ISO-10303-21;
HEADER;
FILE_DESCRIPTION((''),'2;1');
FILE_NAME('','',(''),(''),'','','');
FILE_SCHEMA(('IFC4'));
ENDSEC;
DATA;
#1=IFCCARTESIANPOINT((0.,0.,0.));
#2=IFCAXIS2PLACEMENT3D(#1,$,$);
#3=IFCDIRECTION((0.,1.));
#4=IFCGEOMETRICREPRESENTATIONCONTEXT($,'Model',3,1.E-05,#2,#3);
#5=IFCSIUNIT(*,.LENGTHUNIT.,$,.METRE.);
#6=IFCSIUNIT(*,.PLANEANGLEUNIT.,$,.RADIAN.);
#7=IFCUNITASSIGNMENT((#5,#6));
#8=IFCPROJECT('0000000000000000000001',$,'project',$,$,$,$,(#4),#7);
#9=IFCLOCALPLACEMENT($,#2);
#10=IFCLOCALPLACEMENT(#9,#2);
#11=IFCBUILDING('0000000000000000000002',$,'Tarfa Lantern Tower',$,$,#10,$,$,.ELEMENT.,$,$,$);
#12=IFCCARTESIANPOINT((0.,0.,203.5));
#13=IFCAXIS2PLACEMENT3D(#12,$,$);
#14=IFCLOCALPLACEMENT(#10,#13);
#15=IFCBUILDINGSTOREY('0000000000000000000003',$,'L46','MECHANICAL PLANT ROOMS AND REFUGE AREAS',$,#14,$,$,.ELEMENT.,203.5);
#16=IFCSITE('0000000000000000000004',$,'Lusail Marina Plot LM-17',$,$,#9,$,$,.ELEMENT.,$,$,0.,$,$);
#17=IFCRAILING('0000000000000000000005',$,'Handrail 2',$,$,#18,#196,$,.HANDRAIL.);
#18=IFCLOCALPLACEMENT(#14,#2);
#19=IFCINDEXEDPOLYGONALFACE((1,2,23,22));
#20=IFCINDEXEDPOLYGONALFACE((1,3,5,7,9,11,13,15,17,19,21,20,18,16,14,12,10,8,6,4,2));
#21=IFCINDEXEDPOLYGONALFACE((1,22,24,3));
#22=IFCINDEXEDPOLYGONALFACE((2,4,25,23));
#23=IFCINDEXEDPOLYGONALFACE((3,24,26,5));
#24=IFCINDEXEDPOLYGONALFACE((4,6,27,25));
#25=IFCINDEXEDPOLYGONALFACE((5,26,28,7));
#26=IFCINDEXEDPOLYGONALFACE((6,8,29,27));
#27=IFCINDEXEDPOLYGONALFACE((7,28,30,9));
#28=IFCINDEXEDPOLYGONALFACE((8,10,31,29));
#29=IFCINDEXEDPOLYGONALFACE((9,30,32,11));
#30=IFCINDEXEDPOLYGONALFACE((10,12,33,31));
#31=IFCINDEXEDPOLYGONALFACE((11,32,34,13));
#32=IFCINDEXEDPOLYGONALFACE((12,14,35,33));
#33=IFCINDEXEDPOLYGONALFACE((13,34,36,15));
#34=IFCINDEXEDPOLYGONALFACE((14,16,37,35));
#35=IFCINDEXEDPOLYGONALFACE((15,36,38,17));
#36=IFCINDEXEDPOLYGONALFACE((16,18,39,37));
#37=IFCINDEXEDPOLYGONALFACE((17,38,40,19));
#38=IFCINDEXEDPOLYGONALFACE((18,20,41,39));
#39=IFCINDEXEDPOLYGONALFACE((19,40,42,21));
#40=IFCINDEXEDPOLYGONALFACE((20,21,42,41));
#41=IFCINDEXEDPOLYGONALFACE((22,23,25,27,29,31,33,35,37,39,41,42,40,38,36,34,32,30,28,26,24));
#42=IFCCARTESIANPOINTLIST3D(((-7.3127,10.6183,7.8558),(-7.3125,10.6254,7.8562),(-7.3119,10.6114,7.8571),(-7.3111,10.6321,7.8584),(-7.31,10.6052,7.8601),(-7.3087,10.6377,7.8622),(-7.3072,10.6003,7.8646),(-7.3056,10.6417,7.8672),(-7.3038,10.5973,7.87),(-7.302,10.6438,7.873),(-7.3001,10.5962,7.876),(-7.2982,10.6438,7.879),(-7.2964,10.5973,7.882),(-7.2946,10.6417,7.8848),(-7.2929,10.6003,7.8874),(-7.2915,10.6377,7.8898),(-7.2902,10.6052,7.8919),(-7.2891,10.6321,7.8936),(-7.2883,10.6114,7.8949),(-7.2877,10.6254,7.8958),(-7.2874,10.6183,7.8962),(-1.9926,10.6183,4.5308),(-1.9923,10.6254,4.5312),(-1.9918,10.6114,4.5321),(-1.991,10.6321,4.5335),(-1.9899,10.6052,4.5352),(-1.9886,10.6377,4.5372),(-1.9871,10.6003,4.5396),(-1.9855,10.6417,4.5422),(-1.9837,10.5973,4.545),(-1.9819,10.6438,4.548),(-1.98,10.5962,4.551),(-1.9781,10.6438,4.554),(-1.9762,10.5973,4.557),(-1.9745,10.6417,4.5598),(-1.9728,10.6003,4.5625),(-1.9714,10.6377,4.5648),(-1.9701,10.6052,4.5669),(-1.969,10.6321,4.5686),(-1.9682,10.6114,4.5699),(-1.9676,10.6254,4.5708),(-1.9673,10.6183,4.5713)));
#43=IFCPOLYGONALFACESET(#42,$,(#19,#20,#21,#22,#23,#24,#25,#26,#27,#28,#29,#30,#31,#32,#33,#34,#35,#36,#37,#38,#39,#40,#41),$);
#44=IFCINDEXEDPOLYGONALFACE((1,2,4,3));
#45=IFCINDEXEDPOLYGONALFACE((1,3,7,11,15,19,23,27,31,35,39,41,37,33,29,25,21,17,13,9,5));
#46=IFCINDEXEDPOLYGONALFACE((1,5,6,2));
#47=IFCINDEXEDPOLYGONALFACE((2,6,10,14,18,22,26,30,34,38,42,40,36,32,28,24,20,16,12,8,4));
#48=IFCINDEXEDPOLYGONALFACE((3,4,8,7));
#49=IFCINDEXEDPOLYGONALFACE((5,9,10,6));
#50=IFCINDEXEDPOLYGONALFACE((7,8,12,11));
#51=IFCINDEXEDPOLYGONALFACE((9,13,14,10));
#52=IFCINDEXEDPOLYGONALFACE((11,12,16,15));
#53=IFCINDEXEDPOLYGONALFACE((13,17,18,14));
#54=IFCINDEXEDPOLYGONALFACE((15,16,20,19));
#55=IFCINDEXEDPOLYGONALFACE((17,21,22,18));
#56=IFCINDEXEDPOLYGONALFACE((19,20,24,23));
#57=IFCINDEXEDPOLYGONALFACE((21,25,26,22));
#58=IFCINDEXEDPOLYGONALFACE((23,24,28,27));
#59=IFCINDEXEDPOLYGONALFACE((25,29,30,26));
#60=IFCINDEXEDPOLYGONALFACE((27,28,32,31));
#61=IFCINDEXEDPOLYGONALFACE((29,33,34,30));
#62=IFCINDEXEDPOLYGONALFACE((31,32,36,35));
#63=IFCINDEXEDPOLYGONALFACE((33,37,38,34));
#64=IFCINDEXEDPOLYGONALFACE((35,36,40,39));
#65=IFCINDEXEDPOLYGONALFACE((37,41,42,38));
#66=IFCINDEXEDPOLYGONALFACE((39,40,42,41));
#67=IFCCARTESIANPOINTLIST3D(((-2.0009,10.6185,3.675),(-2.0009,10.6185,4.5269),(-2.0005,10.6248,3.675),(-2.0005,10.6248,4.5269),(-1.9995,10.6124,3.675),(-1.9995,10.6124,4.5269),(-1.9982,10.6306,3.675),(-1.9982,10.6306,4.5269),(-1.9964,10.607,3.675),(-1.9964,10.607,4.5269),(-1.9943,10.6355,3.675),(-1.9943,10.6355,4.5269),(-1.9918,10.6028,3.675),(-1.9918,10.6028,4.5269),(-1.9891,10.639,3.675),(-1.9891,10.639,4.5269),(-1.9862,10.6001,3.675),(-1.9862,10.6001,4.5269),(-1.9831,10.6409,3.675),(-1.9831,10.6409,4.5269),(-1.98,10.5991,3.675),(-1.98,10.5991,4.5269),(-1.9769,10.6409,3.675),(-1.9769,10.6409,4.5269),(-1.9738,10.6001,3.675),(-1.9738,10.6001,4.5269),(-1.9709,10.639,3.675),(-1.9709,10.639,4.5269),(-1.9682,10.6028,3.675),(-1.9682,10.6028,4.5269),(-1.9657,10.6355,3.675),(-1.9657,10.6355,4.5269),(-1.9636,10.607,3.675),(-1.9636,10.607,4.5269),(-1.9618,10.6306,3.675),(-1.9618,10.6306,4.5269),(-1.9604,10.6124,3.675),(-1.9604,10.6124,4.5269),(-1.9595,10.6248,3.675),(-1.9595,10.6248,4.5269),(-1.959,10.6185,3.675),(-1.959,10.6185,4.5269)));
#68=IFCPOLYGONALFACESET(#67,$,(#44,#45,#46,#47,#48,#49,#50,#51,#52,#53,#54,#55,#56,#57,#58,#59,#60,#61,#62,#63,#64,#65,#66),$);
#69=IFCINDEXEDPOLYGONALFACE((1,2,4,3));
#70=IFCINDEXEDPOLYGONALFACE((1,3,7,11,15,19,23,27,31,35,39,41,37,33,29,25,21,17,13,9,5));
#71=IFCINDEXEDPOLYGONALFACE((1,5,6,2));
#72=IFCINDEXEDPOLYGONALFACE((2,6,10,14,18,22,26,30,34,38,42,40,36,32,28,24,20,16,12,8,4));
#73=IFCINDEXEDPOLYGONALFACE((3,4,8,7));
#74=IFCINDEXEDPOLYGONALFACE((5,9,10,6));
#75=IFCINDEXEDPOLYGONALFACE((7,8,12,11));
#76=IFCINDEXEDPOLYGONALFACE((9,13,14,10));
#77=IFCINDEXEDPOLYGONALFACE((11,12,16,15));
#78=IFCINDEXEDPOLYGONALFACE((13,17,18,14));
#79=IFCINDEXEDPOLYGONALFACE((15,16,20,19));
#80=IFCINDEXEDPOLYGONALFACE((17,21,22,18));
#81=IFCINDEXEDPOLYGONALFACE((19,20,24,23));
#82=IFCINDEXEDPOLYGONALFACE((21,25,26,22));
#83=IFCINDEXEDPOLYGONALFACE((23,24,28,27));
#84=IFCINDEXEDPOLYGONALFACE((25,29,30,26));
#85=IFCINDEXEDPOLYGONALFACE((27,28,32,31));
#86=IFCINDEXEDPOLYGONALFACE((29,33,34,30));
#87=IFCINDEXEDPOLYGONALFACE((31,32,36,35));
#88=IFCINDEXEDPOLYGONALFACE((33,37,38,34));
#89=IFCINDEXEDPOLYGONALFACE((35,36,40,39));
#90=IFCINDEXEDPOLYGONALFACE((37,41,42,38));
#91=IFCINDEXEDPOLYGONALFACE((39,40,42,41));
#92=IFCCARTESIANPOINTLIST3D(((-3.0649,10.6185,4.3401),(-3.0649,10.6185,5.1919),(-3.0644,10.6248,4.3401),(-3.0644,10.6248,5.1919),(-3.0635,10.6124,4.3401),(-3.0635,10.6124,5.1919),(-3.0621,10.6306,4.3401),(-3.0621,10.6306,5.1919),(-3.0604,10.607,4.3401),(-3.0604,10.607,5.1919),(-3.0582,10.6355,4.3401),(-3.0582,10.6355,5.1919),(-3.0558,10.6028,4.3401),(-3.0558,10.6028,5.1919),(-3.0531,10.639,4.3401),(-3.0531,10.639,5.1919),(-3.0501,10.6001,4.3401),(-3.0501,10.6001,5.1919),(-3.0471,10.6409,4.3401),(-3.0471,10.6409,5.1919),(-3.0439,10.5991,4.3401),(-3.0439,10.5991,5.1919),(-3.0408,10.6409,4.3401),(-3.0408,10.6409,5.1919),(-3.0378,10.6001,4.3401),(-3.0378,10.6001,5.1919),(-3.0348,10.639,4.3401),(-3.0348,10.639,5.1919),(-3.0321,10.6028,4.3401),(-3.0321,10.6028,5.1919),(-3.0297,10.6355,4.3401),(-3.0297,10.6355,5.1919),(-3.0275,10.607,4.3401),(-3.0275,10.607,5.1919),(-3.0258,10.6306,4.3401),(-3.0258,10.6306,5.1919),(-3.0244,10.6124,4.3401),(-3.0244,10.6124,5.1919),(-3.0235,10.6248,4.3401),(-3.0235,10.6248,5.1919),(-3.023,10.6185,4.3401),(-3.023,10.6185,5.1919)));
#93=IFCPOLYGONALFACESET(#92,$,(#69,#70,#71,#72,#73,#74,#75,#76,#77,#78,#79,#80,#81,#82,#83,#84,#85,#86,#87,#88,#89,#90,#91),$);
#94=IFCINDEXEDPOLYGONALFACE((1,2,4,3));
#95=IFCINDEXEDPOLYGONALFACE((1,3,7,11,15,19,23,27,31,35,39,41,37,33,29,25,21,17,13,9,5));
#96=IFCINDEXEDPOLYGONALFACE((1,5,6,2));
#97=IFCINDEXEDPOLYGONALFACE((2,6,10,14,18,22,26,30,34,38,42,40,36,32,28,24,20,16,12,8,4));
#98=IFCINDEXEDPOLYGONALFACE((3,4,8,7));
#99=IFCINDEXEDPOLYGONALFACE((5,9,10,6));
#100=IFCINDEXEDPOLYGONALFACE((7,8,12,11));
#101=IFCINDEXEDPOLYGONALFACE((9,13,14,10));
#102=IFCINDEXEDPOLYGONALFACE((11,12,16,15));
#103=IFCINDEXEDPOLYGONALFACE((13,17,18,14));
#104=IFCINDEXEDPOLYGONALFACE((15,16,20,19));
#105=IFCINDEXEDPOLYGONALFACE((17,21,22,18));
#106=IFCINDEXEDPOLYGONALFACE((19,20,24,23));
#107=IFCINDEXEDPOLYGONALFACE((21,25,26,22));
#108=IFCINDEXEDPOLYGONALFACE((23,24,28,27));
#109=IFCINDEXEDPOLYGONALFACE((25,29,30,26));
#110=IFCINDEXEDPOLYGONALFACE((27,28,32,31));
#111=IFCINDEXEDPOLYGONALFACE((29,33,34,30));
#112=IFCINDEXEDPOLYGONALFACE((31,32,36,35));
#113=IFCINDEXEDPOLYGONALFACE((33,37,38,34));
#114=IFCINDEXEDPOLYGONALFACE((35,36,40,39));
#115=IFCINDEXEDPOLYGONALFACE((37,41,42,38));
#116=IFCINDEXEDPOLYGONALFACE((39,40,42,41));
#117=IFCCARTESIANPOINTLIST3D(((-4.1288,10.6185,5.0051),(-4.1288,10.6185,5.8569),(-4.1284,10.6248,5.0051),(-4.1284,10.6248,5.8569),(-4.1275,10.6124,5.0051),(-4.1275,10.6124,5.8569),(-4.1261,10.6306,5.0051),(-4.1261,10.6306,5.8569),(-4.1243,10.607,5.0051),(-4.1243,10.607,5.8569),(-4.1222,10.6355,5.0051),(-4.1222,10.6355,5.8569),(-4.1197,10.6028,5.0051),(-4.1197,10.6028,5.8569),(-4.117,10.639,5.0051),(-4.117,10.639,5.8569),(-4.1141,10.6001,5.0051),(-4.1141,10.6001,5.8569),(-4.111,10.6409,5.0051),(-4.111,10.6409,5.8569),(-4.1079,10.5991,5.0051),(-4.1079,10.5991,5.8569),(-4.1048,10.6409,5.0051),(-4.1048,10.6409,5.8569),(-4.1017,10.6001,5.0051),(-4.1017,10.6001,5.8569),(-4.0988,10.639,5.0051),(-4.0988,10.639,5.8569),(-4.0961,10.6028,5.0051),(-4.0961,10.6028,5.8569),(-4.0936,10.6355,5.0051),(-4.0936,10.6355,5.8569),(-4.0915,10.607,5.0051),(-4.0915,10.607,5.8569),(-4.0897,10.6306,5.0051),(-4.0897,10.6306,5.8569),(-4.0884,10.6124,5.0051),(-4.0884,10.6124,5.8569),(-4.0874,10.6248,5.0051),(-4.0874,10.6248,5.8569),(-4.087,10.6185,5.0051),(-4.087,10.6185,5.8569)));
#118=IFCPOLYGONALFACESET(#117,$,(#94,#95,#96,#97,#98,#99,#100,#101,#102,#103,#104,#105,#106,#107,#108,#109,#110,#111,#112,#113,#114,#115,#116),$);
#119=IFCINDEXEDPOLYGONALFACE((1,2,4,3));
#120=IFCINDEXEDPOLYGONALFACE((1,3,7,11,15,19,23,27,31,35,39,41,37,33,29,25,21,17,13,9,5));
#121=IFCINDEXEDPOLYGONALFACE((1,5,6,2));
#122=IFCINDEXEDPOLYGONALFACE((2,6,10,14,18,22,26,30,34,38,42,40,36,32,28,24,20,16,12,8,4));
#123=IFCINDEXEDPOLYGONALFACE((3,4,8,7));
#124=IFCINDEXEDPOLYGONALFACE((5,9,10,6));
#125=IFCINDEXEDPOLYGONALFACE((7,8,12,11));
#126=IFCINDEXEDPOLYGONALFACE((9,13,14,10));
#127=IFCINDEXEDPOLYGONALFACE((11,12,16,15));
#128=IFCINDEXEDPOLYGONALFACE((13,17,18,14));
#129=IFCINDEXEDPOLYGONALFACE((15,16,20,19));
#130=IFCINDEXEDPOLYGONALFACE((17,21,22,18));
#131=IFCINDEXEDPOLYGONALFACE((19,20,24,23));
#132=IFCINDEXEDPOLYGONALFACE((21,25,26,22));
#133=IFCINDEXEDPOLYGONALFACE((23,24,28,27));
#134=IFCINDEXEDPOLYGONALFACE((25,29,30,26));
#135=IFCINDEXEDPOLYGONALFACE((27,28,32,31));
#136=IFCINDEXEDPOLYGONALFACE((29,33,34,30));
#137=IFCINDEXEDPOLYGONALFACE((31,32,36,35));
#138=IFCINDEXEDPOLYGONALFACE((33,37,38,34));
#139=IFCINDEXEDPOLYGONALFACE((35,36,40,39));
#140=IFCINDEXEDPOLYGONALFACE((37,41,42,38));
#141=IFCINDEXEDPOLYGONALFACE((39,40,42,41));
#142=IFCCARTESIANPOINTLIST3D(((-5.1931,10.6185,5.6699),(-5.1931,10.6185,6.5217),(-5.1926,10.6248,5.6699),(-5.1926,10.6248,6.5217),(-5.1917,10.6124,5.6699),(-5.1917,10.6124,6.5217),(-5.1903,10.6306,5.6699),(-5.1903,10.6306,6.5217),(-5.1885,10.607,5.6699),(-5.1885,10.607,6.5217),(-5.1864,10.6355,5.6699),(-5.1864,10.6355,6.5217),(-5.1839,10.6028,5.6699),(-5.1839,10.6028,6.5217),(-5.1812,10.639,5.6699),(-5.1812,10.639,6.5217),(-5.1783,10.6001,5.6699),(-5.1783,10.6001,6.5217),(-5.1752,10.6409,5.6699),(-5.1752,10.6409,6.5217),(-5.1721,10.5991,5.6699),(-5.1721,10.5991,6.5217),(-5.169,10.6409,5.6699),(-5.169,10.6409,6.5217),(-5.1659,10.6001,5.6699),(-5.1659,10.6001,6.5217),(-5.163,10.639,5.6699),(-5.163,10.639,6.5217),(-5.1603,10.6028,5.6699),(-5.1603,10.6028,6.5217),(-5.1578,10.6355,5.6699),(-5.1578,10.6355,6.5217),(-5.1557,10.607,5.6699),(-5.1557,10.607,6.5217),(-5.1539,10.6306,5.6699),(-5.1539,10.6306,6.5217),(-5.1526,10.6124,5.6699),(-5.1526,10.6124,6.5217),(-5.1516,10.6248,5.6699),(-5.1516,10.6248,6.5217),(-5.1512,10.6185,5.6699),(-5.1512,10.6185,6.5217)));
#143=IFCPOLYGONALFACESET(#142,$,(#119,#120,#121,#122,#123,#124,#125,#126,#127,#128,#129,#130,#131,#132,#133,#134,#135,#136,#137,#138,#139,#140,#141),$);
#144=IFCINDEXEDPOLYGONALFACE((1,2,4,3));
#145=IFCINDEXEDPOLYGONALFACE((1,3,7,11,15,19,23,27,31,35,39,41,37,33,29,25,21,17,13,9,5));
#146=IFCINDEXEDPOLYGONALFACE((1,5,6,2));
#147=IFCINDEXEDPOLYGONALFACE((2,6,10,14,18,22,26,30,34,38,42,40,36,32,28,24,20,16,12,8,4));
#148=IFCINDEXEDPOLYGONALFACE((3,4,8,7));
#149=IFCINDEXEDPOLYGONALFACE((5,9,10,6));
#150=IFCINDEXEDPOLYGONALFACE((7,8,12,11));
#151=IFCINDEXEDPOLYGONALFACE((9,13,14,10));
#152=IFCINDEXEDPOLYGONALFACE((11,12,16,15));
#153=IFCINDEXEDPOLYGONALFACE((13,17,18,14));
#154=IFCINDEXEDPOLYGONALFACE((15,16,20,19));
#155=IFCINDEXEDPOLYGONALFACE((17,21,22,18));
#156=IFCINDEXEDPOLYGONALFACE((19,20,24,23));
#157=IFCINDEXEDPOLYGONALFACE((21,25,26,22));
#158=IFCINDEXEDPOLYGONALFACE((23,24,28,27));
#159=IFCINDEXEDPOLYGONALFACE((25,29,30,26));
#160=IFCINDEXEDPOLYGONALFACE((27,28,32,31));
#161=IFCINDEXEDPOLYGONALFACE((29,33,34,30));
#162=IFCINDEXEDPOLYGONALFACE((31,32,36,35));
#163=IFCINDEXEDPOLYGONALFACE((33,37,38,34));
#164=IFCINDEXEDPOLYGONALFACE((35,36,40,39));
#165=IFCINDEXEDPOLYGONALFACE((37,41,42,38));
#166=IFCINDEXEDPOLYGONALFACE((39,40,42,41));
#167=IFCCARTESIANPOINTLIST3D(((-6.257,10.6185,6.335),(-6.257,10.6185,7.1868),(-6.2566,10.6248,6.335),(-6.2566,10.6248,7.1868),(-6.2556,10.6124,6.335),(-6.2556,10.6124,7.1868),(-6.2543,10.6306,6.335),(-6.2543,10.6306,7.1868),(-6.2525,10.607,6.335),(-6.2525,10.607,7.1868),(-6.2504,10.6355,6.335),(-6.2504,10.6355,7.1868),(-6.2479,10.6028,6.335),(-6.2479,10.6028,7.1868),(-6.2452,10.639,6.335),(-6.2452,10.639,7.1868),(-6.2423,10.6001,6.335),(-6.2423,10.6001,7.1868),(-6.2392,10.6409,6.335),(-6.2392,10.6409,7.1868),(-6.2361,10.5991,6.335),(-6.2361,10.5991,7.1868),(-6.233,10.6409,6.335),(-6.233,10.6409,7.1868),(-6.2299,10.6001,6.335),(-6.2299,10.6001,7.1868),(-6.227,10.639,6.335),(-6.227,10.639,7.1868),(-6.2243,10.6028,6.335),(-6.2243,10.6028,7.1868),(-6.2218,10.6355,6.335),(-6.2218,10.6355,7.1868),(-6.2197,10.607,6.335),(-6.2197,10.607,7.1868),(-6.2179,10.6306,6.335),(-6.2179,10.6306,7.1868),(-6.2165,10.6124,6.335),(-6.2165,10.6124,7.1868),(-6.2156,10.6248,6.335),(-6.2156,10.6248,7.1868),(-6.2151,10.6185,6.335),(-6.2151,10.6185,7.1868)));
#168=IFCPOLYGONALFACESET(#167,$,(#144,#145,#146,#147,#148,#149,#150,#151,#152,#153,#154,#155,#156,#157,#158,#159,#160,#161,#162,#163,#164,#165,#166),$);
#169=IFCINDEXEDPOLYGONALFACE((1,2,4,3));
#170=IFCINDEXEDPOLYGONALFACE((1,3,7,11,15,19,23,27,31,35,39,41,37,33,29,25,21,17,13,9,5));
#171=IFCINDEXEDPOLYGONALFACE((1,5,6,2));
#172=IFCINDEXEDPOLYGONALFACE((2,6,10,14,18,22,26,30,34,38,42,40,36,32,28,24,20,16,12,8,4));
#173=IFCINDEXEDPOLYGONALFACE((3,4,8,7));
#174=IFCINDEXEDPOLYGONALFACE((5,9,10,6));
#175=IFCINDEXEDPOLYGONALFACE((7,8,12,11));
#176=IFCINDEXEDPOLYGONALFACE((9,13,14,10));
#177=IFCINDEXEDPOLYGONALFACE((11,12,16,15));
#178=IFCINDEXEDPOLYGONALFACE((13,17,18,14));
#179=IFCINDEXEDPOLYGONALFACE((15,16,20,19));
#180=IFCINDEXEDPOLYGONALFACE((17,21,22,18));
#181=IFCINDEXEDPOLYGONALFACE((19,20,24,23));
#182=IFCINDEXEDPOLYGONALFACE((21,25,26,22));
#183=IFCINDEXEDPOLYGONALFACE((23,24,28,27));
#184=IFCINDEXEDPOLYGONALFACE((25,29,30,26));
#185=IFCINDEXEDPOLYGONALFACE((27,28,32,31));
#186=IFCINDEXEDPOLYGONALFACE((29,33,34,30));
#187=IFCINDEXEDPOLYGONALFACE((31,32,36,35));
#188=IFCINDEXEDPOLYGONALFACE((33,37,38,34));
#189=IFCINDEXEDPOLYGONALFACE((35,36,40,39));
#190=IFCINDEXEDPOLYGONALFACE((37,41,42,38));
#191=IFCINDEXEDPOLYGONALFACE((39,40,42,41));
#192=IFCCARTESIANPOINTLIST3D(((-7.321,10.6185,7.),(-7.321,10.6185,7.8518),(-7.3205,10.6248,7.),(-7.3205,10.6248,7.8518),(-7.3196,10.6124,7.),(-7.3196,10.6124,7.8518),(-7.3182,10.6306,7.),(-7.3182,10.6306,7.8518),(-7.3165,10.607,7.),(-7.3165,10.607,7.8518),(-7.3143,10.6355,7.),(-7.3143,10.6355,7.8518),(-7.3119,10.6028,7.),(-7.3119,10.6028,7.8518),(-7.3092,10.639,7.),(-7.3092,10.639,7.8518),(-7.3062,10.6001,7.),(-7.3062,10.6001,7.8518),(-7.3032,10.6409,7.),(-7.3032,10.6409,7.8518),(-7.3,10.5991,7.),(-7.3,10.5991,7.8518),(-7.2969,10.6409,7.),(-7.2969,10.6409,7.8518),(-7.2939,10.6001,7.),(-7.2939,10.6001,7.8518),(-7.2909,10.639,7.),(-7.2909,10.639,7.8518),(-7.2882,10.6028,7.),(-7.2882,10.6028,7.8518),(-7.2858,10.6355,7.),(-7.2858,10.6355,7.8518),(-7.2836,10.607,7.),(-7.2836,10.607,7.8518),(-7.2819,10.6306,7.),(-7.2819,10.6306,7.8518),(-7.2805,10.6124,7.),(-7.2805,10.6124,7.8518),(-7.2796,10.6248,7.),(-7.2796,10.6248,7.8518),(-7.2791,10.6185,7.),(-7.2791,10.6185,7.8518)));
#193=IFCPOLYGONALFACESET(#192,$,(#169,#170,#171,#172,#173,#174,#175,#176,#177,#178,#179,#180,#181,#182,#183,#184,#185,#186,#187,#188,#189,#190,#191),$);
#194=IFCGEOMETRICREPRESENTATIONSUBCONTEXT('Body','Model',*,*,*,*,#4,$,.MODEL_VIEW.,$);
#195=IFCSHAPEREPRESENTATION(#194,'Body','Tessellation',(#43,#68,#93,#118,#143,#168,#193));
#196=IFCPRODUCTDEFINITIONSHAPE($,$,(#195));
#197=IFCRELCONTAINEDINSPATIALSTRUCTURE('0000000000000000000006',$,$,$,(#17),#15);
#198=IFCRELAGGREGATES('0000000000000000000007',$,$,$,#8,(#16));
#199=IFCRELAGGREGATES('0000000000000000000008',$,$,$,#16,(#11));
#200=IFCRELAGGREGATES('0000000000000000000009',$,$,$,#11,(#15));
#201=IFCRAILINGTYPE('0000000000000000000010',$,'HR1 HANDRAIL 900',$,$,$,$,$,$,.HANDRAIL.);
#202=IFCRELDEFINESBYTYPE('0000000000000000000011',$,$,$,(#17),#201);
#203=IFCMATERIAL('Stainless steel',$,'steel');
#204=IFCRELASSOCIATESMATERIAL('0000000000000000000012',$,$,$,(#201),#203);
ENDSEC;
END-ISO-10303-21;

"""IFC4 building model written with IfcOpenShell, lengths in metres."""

from ifc_helpers import new_model, si_unit, direction, frame, origin, origin_2d, place, context, subcontext, project, spatial, circle, extrude, material, type_object, element, save


model = new_model("IFC4")

# Units and contexts
model_context = context("Model", 3, precision=1e-05, world=origin(), true_north=direction((0.0, 1.0)))
body_context = subcontext(model_context, "Body", "Model", "MODEL_VIEW")
ifc_project = project(units=[si_unit("LENGTHUNIT", "METRE"), si_unit("PLANEANGLEUNIT", "RADIAN")], contexts=[model_context])

# Site, building, storey
site_placement = place(None, origin())
site = spatial("IfcSite", under=ifc_project, at=site_placement, Name="Lusail Marina Plot LM-17", CompositionType="ELEMENT", RefElevation=0.0)
building_placement = place(site_placement, origin())
building = spatial("IfcBuilding", under=site, at=building_placement, Name="Tarfa Lantern Tower", CompositionType="ELEMENT")
storey_placement = place(building_placement, frame((0.0, 0.0, 203.5)))
storey = spatial("IfcBuildingStorey", under=building, at=storey_placement, Name="L46", Description="MECHANICAL PLANT ROOMS AND REFUGE AREAS", CompositionType="ELEMENT", Elevation=203.5)

# Railing
ifc_material_1 = material(Name="Stainless steel", Category="steel")
railing_type = type_object("IfcRailingType", Name="HR1 HANDRAIL 900", PredefinedType="HANDRAIL", material=ifc_material_1)
railing_1_placement = place(storey_placement, frame((-1.98, 10.6201, 3.675)))
element("IfcRailing", 1, at=railing_1_placement, inside=storey, type_object=railing_type, Name="Handrail 2", PredefinedType="HANDRAIL", context=body_context, shape_type="SweptSolid", body=[
    extrude(circle(Radius=0.0239, at=origin_2d()), frame((0.0, 0.0, 0.876), z_axis=(-0.848005, 0.0, 0.529988), x_axis=(0.0, -1.0, 0.0)), (0.0, 0.0, 1.0), 6.2737),
    extrude(circle(Radius=0.021, at=origin_2d()), frame((0.0, 0.0, 0.0), z_axis=(0.0, 0.0, 1.0), x_axis=(0.0, -1.0, 0.0)), (0.0, 0.0, 1.0), 0.8518),
    extrude(circle(Radius=0.021, at=origin_2d()), frame((-1.064, 0.0, 0.665), z_axis=(0.0, 0.0, 1.0), x_axis=(0.0, -1.0, 0.0)), (0.0, 0.0, 1.0), 0.8518),
    extrude(circle(Radius=0.021, at=origin_2d()), frame((-2.1279, 0.0, 1.3301), z_axis=(0.0, 0.0, 1.0), x_axis=(0.0, -1.0, 0.0)), (0.0, 0.0, 1.0), 0.8518),
    extrude(circle(Radius=0.021, at=origin_2d()), frame((-3.1921, 0.0, 1.9949), z_axis=(0.0, 0.0, 1.0), x_axis=(0.0, -1.0, 0.0)), (0.0, 0.0, 1.0), 0.8518),
    extrude(circle(Radius=0.021, at=origin_2d()), frame((-4.2561, 0.0, 2.6599), z_axis=(0.0, 0.0, 1.0), x_axis=(0.0, -1.0, 0.0)), (0.0, 0.0, 1.0), 0.8518),
    extrude(circle(Radius=0.021, at=origin_2d()), frame((-5.3201, 0.0, 3.325), z_axis=(0.0, 0.0, 1.0), x_axis=(0.0, -1.0, 0.0)), (0.0, 0.0, 1.0), 0.8518),
])

save(model, "model.ifc")
